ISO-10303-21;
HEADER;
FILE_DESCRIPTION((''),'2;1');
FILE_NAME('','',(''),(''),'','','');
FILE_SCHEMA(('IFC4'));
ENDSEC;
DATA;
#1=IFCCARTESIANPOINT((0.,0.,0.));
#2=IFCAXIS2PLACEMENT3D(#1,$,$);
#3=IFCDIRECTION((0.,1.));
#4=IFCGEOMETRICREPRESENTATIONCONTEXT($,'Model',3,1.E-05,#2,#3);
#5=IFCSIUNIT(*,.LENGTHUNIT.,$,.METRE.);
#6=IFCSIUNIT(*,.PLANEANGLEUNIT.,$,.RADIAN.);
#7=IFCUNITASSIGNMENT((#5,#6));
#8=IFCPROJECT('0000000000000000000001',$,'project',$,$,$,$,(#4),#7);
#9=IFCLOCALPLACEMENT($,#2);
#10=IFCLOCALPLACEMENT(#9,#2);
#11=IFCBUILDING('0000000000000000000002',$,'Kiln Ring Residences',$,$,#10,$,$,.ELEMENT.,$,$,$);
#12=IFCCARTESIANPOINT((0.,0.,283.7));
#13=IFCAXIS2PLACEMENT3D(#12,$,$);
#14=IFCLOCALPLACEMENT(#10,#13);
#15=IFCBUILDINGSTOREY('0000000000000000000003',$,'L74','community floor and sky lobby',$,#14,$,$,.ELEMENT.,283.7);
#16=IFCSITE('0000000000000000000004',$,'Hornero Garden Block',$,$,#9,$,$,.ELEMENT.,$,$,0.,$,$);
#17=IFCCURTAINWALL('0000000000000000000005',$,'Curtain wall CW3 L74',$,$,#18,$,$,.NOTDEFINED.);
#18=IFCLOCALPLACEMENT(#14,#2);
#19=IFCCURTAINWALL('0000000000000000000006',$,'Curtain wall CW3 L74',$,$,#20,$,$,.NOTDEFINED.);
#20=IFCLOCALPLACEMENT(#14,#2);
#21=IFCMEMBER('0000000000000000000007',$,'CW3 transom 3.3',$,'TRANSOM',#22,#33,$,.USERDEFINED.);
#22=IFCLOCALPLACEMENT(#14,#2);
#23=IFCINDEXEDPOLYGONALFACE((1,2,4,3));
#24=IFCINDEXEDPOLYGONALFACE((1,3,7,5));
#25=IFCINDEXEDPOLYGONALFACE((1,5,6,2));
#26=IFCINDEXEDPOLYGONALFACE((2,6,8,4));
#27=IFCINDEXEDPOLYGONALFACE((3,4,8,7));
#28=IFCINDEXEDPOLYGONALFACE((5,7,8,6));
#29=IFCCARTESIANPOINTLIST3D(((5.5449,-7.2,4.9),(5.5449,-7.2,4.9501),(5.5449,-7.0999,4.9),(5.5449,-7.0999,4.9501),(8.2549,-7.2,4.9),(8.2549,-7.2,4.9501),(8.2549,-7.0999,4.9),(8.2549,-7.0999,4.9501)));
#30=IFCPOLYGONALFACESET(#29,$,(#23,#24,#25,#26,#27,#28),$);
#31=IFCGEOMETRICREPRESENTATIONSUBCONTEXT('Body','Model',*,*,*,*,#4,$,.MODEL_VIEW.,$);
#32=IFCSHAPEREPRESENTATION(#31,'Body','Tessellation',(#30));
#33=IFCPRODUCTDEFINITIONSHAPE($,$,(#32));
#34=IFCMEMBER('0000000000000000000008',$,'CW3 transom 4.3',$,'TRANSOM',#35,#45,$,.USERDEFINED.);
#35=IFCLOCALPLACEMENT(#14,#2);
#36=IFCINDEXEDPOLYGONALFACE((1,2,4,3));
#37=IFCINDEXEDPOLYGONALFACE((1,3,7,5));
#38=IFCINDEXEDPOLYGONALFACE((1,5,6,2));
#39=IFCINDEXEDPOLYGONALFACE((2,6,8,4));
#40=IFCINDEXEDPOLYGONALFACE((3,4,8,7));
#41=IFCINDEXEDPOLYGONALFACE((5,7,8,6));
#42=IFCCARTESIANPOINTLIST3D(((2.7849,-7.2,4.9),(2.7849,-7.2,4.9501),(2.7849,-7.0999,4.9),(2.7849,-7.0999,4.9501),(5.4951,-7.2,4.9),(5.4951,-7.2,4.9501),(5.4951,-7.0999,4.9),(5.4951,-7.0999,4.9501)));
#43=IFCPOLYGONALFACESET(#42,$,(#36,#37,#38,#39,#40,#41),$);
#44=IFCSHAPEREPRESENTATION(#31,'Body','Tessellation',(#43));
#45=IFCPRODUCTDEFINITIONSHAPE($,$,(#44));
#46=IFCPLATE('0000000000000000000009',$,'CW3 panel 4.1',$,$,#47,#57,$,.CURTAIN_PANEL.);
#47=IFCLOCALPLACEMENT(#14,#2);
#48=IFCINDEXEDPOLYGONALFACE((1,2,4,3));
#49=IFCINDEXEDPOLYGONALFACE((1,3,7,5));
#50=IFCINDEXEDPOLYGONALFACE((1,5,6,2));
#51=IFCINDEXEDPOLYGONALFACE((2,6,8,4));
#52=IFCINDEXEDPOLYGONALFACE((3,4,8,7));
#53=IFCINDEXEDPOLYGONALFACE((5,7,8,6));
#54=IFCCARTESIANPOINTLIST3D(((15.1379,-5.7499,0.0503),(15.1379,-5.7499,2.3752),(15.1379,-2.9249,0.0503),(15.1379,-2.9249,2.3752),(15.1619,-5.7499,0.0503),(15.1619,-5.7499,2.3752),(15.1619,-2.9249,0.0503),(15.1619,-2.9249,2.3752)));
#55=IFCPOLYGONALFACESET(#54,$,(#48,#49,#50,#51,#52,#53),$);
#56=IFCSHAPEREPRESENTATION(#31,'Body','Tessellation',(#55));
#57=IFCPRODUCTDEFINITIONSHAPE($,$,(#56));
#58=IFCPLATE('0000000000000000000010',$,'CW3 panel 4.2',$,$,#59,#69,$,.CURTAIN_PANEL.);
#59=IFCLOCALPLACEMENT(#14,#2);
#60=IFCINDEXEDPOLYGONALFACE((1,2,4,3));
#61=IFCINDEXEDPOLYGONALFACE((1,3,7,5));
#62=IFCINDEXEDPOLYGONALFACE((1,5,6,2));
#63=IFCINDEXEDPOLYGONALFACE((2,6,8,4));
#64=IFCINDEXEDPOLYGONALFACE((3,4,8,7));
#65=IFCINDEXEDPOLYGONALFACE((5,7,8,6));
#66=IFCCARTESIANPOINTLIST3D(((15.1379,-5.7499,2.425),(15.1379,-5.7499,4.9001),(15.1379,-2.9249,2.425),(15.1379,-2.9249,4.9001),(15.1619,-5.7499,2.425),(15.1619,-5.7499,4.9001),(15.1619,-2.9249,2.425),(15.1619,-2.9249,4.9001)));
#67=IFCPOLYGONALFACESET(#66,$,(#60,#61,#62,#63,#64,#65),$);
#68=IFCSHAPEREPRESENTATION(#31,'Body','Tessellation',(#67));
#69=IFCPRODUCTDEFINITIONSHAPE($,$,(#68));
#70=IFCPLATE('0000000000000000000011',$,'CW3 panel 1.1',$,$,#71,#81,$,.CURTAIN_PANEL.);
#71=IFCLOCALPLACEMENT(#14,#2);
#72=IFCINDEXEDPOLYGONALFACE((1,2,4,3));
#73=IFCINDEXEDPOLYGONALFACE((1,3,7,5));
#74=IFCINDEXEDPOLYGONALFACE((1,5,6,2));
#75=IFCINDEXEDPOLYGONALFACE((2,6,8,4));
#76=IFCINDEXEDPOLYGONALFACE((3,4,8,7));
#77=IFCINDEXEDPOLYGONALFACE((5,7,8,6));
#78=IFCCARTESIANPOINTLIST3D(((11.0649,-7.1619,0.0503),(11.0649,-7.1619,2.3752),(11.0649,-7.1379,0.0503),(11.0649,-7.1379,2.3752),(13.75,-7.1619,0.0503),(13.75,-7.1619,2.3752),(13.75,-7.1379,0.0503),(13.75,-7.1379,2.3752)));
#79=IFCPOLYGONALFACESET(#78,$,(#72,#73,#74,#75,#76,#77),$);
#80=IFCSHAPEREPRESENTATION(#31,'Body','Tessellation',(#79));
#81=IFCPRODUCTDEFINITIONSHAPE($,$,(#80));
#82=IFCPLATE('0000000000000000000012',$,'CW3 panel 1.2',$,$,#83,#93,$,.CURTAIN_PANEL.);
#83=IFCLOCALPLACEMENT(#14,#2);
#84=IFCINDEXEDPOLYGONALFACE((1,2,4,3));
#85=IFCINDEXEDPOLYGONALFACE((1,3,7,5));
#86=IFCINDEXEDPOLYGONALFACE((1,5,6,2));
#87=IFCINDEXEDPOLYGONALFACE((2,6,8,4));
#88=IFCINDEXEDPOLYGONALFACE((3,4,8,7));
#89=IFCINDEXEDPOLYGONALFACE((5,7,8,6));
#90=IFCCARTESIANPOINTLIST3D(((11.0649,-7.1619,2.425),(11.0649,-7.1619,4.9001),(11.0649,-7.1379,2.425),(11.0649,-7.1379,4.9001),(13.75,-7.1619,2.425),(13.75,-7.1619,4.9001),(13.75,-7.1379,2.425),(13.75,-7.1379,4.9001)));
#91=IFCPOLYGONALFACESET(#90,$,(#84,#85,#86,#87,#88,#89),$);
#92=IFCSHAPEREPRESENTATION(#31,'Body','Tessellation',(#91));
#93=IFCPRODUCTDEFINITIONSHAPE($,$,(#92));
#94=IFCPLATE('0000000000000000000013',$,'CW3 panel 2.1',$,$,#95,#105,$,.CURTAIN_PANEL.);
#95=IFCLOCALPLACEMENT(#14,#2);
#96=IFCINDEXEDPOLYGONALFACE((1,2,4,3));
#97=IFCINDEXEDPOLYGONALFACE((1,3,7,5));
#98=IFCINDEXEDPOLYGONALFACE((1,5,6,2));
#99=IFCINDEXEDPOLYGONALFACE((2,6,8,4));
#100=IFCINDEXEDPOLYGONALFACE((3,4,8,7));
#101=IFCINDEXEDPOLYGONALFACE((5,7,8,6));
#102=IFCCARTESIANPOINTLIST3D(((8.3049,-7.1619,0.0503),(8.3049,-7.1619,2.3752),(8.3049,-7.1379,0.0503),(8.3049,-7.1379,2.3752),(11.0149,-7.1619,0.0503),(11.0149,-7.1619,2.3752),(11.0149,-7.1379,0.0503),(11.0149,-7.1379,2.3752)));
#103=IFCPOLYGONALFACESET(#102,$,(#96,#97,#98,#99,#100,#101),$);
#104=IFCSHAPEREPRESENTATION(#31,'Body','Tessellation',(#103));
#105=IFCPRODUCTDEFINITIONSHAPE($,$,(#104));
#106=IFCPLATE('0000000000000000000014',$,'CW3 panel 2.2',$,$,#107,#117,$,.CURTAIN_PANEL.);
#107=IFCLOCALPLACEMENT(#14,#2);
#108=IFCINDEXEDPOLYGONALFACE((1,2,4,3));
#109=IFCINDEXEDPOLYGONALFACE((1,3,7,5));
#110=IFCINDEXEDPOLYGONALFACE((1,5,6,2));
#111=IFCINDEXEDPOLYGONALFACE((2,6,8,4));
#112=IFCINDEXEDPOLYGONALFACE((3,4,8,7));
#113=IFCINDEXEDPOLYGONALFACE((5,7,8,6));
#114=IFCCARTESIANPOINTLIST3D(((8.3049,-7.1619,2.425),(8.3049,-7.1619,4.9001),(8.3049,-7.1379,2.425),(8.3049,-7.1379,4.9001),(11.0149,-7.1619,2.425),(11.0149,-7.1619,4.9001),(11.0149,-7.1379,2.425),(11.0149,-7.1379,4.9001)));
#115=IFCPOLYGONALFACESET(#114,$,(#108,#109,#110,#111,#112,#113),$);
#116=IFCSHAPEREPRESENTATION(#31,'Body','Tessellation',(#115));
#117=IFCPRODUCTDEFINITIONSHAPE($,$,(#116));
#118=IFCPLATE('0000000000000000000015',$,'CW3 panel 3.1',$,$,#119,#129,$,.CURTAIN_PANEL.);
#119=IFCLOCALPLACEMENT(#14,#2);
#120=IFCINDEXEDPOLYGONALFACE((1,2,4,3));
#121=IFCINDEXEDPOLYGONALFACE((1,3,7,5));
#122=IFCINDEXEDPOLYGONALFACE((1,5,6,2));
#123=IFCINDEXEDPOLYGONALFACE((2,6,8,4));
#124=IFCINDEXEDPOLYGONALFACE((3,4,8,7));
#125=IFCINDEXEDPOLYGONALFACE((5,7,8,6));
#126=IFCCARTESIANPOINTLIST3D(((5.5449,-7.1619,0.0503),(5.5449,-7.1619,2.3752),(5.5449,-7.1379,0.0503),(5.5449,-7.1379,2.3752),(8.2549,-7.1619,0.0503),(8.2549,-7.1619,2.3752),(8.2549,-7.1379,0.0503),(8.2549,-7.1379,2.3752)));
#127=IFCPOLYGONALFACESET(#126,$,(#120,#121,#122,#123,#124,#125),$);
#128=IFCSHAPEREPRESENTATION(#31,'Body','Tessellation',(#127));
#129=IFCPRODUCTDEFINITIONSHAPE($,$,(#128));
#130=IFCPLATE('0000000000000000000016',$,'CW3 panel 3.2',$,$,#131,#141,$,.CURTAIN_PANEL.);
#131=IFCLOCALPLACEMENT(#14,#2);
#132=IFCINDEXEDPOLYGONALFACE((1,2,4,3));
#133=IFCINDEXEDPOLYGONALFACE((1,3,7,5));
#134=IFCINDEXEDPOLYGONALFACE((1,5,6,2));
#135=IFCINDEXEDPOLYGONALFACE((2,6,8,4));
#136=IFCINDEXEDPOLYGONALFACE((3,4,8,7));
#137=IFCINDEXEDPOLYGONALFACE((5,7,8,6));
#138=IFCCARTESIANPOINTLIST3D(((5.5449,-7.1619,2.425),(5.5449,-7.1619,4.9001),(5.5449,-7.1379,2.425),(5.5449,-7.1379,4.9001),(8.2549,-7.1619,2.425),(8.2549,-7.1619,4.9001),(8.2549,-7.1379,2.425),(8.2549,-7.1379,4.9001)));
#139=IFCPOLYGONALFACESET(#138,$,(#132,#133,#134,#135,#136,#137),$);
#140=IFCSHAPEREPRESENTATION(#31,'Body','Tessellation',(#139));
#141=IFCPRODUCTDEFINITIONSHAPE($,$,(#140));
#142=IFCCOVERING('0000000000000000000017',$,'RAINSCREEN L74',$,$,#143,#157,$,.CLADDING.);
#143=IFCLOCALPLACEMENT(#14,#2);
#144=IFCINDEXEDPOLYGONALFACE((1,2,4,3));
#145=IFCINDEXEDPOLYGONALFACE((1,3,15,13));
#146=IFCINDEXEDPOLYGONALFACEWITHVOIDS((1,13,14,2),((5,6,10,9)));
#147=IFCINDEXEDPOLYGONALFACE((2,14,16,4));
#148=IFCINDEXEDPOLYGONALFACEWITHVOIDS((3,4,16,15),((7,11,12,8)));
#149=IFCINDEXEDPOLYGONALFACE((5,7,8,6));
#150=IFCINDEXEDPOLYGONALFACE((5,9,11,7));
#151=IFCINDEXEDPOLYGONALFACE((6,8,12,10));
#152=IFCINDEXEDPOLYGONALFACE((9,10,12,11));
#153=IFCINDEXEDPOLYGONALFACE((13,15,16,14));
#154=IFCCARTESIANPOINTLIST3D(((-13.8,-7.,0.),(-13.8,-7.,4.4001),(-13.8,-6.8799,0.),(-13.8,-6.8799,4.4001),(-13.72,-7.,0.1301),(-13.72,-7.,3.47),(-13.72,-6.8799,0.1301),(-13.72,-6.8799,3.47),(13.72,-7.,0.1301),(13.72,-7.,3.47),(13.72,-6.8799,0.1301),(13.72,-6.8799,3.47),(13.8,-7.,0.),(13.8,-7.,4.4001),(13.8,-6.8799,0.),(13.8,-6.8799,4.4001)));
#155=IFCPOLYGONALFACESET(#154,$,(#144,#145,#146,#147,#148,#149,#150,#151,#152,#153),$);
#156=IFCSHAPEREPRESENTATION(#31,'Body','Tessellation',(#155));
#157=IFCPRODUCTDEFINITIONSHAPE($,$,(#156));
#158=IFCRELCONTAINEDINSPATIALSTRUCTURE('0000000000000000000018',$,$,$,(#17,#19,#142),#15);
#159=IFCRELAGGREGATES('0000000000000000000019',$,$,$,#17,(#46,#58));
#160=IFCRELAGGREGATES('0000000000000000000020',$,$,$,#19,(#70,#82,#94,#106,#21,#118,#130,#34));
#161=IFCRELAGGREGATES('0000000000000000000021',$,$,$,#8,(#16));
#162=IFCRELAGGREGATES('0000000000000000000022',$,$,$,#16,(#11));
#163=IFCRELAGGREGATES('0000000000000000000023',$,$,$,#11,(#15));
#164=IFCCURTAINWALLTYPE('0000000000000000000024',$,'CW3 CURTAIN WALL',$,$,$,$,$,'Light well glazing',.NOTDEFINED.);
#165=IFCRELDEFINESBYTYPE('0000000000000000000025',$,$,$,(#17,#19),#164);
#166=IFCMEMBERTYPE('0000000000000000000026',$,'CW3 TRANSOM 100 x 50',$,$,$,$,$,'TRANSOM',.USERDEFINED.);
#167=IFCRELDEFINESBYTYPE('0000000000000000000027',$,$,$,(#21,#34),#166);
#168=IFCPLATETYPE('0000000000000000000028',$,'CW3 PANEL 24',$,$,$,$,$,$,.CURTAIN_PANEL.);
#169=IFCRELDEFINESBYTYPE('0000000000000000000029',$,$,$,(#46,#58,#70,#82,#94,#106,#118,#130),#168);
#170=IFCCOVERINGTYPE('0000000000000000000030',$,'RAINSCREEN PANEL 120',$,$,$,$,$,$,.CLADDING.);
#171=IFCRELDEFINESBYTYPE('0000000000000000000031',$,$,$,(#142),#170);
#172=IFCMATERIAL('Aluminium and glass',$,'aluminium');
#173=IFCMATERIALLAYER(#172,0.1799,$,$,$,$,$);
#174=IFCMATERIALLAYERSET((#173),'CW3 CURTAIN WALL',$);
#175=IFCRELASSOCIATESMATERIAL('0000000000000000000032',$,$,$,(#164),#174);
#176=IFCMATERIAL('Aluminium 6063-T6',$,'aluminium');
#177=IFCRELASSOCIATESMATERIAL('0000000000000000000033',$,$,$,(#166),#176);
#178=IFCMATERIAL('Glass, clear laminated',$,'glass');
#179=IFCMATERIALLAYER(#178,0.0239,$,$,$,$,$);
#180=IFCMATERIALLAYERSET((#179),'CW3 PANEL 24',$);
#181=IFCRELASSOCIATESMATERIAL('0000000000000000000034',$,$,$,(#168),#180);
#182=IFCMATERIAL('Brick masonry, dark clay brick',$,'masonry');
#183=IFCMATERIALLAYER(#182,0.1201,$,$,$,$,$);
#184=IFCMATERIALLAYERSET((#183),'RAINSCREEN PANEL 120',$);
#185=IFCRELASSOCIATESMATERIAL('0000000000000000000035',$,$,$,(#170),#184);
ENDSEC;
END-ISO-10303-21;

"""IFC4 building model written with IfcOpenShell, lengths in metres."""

from ifc_helpers import new_model, si_unit, direction, frame, origin, origin_2d, place, context, subcontext, project, spatial, polyline, rectangle, outline, extrude, material, layer, layer_set, material_profile, profile_set, type_object, element, aggregate, save


model = new_model("IFC4")

# Units and contexts
model_context = context("Model", 3, precision=1e-05, world=origin(), true_north=direction((0.0, 1.0)))
body_context = subcontext(model_context, "Body", "Model", "MODEL_VIEW")
ifc_project = project(units=[si_unit("LENGTHUNIT", "METRE"), si_unit("PLANEANGLEUNIT", "RADIAN")], contexts=[model_context])

# Site, building, storey
site_placement = place(None, origin())
site = spatial("IfcSite", under=ifc_project, at=site_placement, Name="Hornero Garden Block", CompositionType="ELEMENT", RefElevation=0.0)
building_placement = place(site_placement, origin())
building = spatial("IfcBuilding", under=site, at=building_placement, Name="Kiln Ring Residences", CompositionType="ELEMENT")
storey_placement = place(building_placement, frame((0.0, 0.0, 283.7)))
storey = spatial("IfcBuildingStorey", under=building, at=storey_placement, Name="L74", Description="community floor and sky lobby", CompositionType="ELEMENT", Elevation=283.7)

# Curtain wall
ifc_material_1 = material(Name="Aluminium and glass", Category="aluminium")
ifc_layer_1 = layer(ifc_material_1, 0.1799)
ifc_layer_set_1 = layer_set([ifc_layer_1], Name="CW3 CURTAIN WALL")
curtain_wall_type = type_object("IfcCurtainWallType", Name="CW3 CURTAIN WALL", ElementType="Light well glazing", PredefinedType="NOTDEFINED", material=ifc_layer_set_1)
placement = place(storey_placement, origin())
curtain_wall_1 = element("IfcCurtainWall", 1, at=placement, inside=storey, type_object=curtain_wall_type, Name="Curtain wall CW3 L74", PredefinedType="NOTDEFINED")

# Curtain wall
curtain_wall_2 = element("IfcCurtainWall", 2, at=placement, inside=storey, type_object=curtain_wall_type, Name="Curtain wall CW3 L74", PredefinedType="NOTDEFINED")

# Members
ifc_material_2 = material(Name="Aluminium 6063-T6", Category="aluminium")
ifc_material_profile_1 = material_profile(ifc_material_2, rectangle(XDim=0.1001, YDim=0.05, at=origin_2d()), Name="AL 100x50")
ifc_profile_set_1 = profile_set([ifc_material_profile_1], Name="Aluminium 6063-T6")
member_type_1 = type_object("IfcMemberType", Name="CW3 TRANSOM 100 x 50", ElementType="TRANSOM", PredefinedType="USERDEFINED", material=ifc_profile_set_1)
member_1_placement = place(storey_placement, frame((8.2549, -7.1499, 4.925), z_axis=(-1.0, 0.0, 0.0), x_axis=(0.0, -1.0, 0.0)))
member_1 = element("IfcMember", 3, at=member_1_placement, type_object=member_type_1, Name="CW3 transom 3.3", ObjectType="TRANSOM", PredefinedType="USERDEFINED", context=body_context, shape_type="SweptSolid", body=[
    extrude(rectangle(XDim=0.1001, YDim=0.05, at=origin_2d()), origin(), (0.0, 0.0, 1.0), 2.71),
])
member_2_placement = place(storey_placement, frame((5.4951, -7.1499, 4.925), z_axis=(-1.0, 0.0, 0.0), x_axis=(0.0, -1.0, 0.0)))
member_2 = element("IfcMember", 4, at=member_2_placement, type_object=member_type_1, Name="CW3 transom 4.3", ObjectType="TRANSOM", PredefinedType="USERDEFINED", context=body_context, shape_type="SweptSolid", body=[
    extrude(rectangle(XDim=0.1001, YDim=0.05, at=origin_2d()), origin(), (0.0, 0.0, 1.0), 2.7102),
])

# Plates
ifc_material_3 = material(Name="Glass, clear laminated", Category="glass")
ifc_layer_2 = layer(ifc_material_3, 0.0239)
ifc_layer_set_2 = layer_set([ifc_layer_2], Name="CW3 PANEL 24")
plate_type = type_object("IfcPlateType", Name="CW3 PANEL 24", PredefinedType="CURTAIN_PANEL", material=ifc_layer_set_2)
plate_1_placement = place(storey_placement, frame((15.1499, -4.3374, 0.0503), z_axis=(0.0, 0.0, 1.0), x_axis=(0.0, -1.0, 0.0)))
plate_1 = element("IfcPlate", 5, at=plate_1_placement, type_object=plate_type, Name="CW3 panel 4.1", PredefinedType="CURTAIN_PANEL", context=body_context, shape_type="SweptSolid", body=[
    extrude(rectangle(XDim=2.825, YDim=0.0239, at=origin_2d()), origin(), (0.0, 0.0, 1.0), 2.325),
])
plate_2_placement = place(storey_placement, frame((15.1499, -4.3374, 2.425), z_axis=(0.0, 0.0, 1.0), x_axis=(0.0, -1.0, 0.0)))
plate_2 = element("IfcPlate", 6, at=plate_2_placement, type_object=plate_type, Name="CW3 panel 4.2", PredefinedType="CURTAIN_PANEL", context=body_context, shape_type="SweptSolid", body=[
    extrude(rectangle(XDim=2.825, YDim=0.0239, at=origin_2d()), origin(), (0.0, 0.0, 1.0), 2.4751),
])
aggregate(curtain_wall_1, [plate_1, plate_2])
plate_3_placement = place(storey_placement, frame((12.4075, -7.1499, 0.0503), z_axis=(0.0, 0.0, 1.0), x_axis=(-1.0, 0.0, 0.0)))
plate_3 = element("IfcPlate", 7, at=plate_3_placement, type_object=plate_type, Name="CW3 panel 1.1", PredefinedType="CURTAIN_PANEL", context=body_context, shape_type="SweptSolid", body=[
    extrude(rectangle(XDim=2.6851, YDim=0.0239, at=origin_2d()), origin(), (0.0, 0.0, 1.0), 2.325),
])
plate_4_placement = place(storey_placement, frame((12.4075, -7.1499, 2.425), z_axis=(0.0, 0.0, 1.0), x_axis=(-1.0, 0.0, 0.0)))
plate_4 = element("IfcPlate", 8, at=plate_4_placement, type_object=plate_type, Name="CW3 panel 1.2", PredefinedType="CURTAIN_PANEL", context=body_context, shape_type="SweptSolid", body=[
    extrude(rectangle(XDim=2.6851, YDim=0.0239, at=origin_2d()), origin(), (0.0, 0.0, 1.0), 2.4751),
])
plate_5_placement = place(storey_placement, frame((9.6599, -7.1499, 0.0503), z_axis=(0.0, 0.0, 1.0), x_axis=(-1.0, 0.0, 0.0)))
plate_5 = element("IfcPlate", 9, at=plate_5_placement, type_object=plate_type, Name="CW3 panel 2.1", PredefinedType="CURTAIN_PANEL", context=body_context, shape_type="SweptSolid", body=[
    extrude(rectangle(XDim=2.71, YDim=0.0239, at=origin_2d()), origin(), (0.0, 0.0, 1.0), 2.325),
])
plate_6_placement = place(storey_placement, frame((9.6599, -7.1499, 2.425), z_axis=(0.0, 0.0, 1.0), x_axis=(-1.0, 0.0, 0.0)))
plate_6 = element("IfcPlate", 10, at=plate_6_placement, type_object=plate_type, Name="CW3 panel 2.2", PredefinedType="CURTAIN_PANEL", context=body_context, shape_type="SweptSolid", body=[
    extrude(rectangle(XDim=2.71, YDim=0.0239, at=origin_2d()), origin(), (0.0, 0.0, 1.0), 2.4751),
])
plate_7_placement = place(storey_placement, frame((6.8999, -7.1499, 0.0503), z_axis=(0.0, 0.0, 1.0), x_axis=(-1.0, 0.0, 0.0)))
plate_7 = element("IfcPlate", 11, at=plate_7_placement, type_object=plate_type, Name="CW3 panel 3.1", PredefinedType="CURTAIN_PANEL", context=body_context, shape_type="SweptSolid", body=[
    extrude(rectangle(XDim=2.71, YDim=0.0239, at=origin_2d()), origin(), (0.0, 0.0, 1.0), 2.325),
])
plate_8_placement = place(storey_placement, frame((6.8999, -7.1499, 2.425), z_axis=(0.0, 0.0, 1.0), x_axis=(-1.0, 0.0, 0.0)))
plate_8 = element("IfcPlate", 12, at=plate_8_placement, type_object=plate_type, Name="CW3 panel 3.2", PredefinedType="CURTAIN_PANEL", context=body_context, shape_type="SweptSolid", body=[
    extrude(rectangle(XDim=2.71, YDim=0.0239, at=origin_2d()), origin(), (0.0, 0.0, 1.0), 2.4751),
])
aggregate(curtain_wall_2, [plate_3, plate_4, plate_5, plate_6, member_1, plate_7, plate_8, member_2])

# Covering
ifc_material_4 = material(Name="Brick masonry, dark clay brick", Category="masonry")
ifc_layer_3 = layer(ifc_material_4, 0.1201)
ifc_layer_set_3 = layer_set([ifc_layer_3], Name="RAINSCREEN PANEL 120")
covering_type = type_object("IfcCoveringType", Name="RAINSCREEN PANEL 120", PredefinedType="CLADDING", material=ifc_layer_set_3)
covering_placement = place(storey_placement, frame((13.8, -6.9399, 0.0), z_axis=(0.0, 0.0, 1.0), x_axis=(-1.0, 0.0, 0.0)))
element("IfcCovering", 13, at=covering_placement, inside=storey, type_object=covering_type, Name="RAINSCREEN L74", PredefinedType="CLADDING", context=body_context, shape_type="SweptSolid", body=[
    extrude(outline(polyline([(0.0, 0.0), (27.6001, 0.0), (27.6001, 4.4001), (0.0, 4.4001), (0.0, 0.0)]), holes=[polyline([(0.0801, 3.47), (0.0801, 0.1301), (27.52, 0.1301), (27.52, 3.47), (0.0801, 3.47)])]), frame((0.0, 0.0601, 0.0), z_axis=(0.0, -1.0, 0.0), x_axis=(1.0, 0.0, 0.0)), (0.0, 0.0, 1.0), 0.1201),
])

save(model, "model.ifc")
